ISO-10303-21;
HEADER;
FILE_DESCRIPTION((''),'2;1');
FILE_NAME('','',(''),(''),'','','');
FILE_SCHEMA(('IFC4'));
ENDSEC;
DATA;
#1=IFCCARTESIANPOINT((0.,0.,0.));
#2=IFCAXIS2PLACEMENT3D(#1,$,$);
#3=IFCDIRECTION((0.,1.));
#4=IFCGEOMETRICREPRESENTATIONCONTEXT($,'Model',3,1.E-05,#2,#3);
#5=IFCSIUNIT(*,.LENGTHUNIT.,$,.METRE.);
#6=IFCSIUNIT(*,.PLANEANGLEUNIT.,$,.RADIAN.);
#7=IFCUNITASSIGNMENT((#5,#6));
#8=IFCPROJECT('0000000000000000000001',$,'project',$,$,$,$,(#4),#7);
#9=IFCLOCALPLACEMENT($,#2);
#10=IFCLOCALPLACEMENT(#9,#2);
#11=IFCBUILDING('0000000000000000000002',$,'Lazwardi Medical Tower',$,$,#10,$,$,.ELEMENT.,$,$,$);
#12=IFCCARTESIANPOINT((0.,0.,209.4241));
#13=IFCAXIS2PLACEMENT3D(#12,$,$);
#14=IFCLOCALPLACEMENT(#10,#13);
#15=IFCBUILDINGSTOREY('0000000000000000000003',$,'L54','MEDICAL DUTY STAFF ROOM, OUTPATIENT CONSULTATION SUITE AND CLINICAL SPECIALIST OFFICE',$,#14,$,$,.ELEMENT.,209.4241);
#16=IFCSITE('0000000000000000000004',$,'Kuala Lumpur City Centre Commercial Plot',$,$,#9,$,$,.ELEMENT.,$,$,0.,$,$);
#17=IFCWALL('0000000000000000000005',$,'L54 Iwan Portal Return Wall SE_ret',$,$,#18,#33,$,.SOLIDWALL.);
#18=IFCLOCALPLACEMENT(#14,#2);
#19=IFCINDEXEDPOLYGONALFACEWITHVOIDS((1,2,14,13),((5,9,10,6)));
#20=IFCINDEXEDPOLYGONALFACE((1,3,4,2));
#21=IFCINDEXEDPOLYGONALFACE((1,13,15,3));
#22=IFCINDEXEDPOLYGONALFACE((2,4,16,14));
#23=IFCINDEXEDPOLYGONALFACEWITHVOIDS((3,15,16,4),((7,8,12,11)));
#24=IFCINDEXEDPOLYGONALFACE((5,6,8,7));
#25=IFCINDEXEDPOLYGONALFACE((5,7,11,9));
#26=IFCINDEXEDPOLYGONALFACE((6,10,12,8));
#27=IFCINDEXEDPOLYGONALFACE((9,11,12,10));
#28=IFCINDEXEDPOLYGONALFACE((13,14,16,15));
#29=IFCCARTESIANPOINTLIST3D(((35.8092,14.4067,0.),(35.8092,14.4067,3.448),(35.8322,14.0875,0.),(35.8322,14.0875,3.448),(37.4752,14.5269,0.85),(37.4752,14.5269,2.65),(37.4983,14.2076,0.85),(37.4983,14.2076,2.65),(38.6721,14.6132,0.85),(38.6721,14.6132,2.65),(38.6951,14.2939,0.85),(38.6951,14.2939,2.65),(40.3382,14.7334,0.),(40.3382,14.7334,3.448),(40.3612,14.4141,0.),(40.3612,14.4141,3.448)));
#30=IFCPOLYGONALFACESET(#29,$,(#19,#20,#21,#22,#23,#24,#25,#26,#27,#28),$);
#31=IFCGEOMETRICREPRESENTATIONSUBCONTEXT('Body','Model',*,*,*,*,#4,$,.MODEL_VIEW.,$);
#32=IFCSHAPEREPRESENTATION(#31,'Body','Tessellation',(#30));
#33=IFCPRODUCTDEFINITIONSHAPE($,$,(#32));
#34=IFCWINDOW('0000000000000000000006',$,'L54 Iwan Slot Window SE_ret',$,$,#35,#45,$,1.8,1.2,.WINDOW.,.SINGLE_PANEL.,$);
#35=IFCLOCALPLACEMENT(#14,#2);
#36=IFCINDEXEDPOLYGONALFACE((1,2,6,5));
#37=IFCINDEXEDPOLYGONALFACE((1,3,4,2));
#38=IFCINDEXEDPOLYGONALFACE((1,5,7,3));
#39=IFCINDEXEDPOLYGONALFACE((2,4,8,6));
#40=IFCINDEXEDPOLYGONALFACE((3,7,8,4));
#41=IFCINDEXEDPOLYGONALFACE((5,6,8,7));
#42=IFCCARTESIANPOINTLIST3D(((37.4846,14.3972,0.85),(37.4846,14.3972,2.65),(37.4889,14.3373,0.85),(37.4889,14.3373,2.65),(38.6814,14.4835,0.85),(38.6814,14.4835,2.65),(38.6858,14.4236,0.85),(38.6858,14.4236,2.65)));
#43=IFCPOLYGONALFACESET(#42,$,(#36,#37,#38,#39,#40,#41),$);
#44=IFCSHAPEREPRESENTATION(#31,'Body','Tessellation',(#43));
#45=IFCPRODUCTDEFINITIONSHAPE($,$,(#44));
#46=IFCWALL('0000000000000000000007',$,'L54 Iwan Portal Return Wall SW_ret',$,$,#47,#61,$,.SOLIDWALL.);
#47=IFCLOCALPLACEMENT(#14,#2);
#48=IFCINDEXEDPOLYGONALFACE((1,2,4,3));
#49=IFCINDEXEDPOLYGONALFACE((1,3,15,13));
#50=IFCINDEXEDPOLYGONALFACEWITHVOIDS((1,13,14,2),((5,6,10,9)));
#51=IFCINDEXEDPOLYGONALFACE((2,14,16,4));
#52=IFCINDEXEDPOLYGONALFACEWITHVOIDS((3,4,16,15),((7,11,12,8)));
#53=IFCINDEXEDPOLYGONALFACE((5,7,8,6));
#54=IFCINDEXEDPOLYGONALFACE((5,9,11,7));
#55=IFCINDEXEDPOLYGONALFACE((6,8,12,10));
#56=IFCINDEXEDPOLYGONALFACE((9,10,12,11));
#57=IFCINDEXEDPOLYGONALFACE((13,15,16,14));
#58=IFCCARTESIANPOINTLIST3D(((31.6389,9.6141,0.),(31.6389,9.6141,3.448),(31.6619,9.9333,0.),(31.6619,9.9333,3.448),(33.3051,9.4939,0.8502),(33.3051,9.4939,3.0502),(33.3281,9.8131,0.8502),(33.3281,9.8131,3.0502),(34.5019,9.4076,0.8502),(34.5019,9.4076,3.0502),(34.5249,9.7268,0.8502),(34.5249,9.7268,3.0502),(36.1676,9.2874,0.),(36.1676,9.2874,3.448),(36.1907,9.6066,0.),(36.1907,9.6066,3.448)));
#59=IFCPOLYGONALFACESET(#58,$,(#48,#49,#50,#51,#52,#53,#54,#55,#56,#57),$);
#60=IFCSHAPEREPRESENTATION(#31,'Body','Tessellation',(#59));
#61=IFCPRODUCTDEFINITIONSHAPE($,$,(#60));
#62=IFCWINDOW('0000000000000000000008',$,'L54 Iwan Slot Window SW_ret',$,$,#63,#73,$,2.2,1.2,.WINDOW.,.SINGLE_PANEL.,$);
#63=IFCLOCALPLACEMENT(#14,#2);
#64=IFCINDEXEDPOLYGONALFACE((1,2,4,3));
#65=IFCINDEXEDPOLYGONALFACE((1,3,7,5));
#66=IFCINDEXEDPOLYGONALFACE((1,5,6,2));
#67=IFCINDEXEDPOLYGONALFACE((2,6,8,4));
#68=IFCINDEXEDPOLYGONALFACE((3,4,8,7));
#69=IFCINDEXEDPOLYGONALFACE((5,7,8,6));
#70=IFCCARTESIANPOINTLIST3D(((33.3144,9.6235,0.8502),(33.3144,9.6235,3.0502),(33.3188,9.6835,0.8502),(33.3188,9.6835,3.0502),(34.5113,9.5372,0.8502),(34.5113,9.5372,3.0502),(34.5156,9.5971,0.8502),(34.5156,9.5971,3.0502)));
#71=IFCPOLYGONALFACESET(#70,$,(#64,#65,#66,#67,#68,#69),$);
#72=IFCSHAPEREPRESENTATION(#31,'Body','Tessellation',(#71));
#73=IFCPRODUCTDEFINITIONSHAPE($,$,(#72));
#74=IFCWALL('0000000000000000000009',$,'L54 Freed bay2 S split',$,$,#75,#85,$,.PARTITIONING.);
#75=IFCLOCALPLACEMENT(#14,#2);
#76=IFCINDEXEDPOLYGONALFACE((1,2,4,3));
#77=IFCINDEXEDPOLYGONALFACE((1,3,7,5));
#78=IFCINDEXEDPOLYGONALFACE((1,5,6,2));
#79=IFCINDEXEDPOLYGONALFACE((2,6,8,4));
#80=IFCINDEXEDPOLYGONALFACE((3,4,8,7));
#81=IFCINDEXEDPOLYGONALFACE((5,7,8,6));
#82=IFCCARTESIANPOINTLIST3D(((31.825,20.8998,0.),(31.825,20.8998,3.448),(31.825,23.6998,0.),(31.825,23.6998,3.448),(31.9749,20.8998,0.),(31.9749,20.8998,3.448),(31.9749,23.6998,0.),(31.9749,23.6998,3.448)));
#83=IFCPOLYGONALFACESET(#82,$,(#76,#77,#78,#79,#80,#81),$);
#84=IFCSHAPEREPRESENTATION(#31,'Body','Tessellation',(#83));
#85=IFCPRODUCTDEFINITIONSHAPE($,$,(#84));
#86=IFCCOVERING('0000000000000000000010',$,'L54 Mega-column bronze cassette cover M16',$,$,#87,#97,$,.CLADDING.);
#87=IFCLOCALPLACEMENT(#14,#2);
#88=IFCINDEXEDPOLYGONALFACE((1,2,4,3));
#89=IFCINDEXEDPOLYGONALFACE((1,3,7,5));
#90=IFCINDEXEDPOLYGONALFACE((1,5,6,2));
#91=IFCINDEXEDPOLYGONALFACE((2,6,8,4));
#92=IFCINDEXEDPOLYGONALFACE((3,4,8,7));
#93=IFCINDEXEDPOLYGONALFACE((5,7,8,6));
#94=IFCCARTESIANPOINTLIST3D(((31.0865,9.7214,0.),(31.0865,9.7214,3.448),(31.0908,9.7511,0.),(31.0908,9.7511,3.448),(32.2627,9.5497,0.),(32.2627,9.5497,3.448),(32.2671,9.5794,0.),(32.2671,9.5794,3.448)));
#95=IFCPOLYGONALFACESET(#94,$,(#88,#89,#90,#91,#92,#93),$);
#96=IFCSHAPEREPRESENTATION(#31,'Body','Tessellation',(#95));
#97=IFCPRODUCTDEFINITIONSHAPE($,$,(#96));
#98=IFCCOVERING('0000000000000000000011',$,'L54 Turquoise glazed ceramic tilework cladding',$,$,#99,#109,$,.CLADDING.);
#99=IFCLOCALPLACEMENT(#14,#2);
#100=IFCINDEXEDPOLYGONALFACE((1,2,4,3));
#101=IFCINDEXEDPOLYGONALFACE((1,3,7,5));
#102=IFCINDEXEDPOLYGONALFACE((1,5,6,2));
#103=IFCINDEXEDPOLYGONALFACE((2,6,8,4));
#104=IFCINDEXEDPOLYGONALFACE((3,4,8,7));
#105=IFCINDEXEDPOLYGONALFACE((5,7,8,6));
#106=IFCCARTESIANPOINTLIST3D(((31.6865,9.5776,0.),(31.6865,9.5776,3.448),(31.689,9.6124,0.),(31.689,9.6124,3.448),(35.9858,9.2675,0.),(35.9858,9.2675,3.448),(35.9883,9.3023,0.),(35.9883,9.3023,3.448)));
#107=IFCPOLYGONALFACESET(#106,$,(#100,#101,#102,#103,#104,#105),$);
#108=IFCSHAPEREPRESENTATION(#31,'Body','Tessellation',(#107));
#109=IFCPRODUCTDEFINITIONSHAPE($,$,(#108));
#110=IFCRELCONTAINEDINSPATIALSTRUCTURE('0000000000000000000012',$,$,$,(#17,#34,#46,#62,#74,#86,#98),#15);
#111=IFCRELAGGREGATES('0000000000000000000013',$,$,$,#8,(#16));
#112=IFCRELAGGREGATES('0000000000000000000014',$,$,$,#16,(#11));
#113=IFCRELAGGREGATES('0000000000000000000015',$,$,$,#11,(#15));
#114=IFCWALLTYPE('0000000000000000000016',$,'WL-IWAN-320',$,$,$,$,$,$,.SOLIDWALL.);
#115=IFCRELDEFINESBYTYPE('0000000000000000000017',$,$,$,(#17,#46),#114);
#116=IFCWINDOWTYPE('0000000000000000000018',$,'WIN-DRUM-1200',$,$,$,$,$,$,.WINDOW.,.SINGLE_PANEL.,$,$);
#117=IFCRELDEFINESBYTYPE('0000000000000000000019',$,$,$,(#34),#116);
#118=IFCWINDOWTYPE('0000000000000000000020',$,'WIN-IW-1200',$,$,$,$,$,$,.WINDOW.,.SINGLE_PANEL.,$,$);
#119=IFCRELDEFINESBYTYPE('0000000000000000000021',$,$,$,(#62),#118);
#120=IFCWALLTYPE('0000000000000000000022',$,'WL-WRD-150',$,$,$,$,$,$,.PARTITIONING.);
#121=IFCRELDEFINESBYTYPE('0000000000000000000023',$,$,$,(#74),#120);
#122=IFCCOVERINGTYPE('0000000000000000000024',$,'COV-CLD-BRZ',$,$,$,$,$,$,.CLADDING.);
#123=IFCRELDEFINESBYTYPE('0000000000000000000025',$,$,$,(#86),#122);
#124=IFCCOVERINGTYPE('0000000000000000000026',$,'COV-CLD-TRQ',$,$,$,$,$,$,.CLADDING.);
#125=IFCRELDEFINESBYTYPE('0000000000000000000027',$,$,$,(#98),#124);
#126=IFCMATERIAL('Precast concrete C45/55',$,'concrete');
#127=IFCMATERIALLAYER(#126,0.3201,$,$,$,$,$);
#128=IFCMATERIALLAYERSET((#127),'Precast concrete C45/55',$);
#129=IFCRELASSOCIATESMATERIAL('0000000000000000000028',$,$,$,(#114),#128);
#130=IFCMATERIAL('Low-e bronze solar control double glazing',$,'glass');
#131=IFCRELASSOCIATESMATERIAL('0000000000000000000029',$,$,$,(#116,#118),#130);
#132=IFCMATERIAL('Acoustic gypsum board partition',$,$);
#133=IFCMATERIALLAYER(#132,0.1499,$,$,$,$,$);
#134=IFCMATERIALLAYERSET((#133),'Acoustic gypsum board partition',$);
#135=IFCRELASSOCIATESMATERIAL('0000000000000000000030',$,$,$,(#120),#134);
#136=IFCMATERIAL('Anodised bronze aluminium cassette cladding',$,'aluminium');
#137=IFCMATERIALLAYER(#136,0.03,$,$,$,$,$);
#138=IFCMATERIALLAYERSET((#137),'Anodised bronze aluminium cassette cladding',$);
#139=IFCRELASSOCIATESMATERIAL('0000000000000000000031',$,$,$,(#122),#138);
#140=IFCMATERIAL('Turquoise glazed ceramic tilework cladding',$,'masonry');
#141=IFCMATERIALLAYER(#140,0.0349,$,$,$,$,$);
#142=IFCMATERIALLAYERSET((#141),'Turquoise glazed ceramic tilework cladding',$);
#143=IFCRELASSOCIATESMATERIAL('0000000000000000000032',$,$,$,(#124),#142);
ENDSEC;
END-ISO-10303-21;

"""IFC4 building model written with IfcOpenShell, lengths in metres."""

from ifc_helpers import new_model, si_unit, direction, frame, frame_2d, origin, origin_2d, place, context, subcontext, project, spatial, rectangle, extrude, material, layer, layer_set, type_object, element, fill, save


model = new_model("IFC4")

# Units and contexts
model_context = context("Model", 3, precision=1e-05, world=origin(), true_north=direction((0.0, 1.0)))
body_context = subcontext(model_context, "Body", "Model", "MODEL_VIEW")
ifc_project = project(units=[si_unit("LENGTHUNIT", "METRE"), si_unit("PLANEANGLEUNIT", "RADIAN")], contexts=[model_context])

# Site, building, storey
site_placement = place(None, origin())
site = spatial("IfcSite", under=ifc_project, at=site_placement, Name="Kuala Lumpur City Centre Commercial Plot", CompositionType="ELEMENT", RefElevation=0.0)
building_placement = place(site_placement, origin())
building = spatial("IfcBuilding", under=site, at=building_placement, Name="Lazwardi Medical Tower", CompositionType="ELEMENT")
storey_placement = place(building_placement, frame((0.0, 0.0, 209.4241)))
storey = spatial("IfcBuildingStorey", under=building, at=storey_placement, Name="L54", Description="MEDICAL DUTY STAFF ROOM, OUTPATIENT CONSULTATION SUITE AND CLINICAL SPECIALIST OFFICE", CompositionType="ELEMENT", Elevation=209.4241)

# Shared definitions
ifc_material_1 = material(Name="Low-e bronze solar control double glazing", Category="glass")

# Walls, openings, windows
ifc_material_2 = material(Name="Precast concrete C45/55", Category="concrete")
ifc_layer_1 = layer(ifc_material_2, 0.3201)
ifc_layer_set_1 = layer_set([ifc_layer_1], Name="Precast concrete C45/55")
wall_type_1 = type_object("IfcWallType", Name="WL-IWAN-320", PredefinedType="SOLIDWALL", material=ifc_layer_set_1)
wall_1_placement = place(storey_placement, frame((35.8206, 14.2471, 0.0), z_axis=(0.0, 0.0, 1.0), x_axis=(0.997409, 0.071939, 0.0)))
wall_1 = element("IfcWall", 1, at=wall_1_placement, inside=storey, type_object=wall_type_1, Name="L54 Iwan Portal Return Wall SE_ret", PredefinedType="SOLIDWALL", context=body_context, shape_type="SweptSolid", body=[
    extrude(rectangle(XDim=4.5408, YDim=0.3201, at=frame_2d((2.2705, 0.0))), origin(), (0.0, 0.0, 1.0), 3.448),
])
opening_1_placement = place(wall_1_placement, frame((1.6704, 0.0, 0.8501)))
opening_1 = element("IfcOpeningElement", 2, at=opening_1_placement, cuts=wall_1, PredefinedType="OPENING", context=body_context, shape_type="SweptSolid", body=[
    extrude(rectangle(XDim=1.2, YDim=1.8, at=frame_2d((0.6001, 0.8999))), frame((0.0, 0.1699, 0.0), z_axis=(0.0, -1.0, 0.0), x_axis=(1.0, 0.0, 0.0)), (0.0, 0.0, 1.0), 0.3401),
])
window_type_1 = type_object("IfcWindowType", Name="WIN-DRUM-1200", PartitioningType="SINGLE_PANEL", PredefinedType="WINDOW", material=ifc_material_1)
window_1_placement = place(opening_1_placement, origin())
window_1 = element("IfcWindow", 3, at=window_1_placement, inside=storey, type_object=window_type_1, Name="L54 Iwan Slot Window SE_ret", OverallHeight=1.8, OverallWidth=1.2, PartitioningType="SINGLE_PANEL", PredefinedType="WINDOW", context=body_context, shape_type="SweptSolid", body=[
    extrude(rectangle(XDim=1.2, YDim=1.8, at=frame_2d((0.6001, 0.8999))), frame((0.0, 0.03, 0.0), z_axis=(0.0, -1.0, 0.0), x_axis=(1.0, 0.0, 0.0)), (0.0, 0.0, 1.0), 0.0601),
])
fill(opening_1, window_1)
wall_2_placement = place(storey_placement, frame((31.6504, 9.7737, 0.0), z_axis=(0.0, 0.0, 1.0), x_axis=(0.997409, -0.071942, 0.0)))
wall_2 = element("IfcWall", 4, at=wall_2_placement, inside=storey, type_object=wall_type_1, Name="L54 Iwan Portal Return Wall SW_ret", PredefinedType="SOLIDWALL", context=body_context, shape_type="SweptSolid", body=[
    extrude(rectangle(XDim=4.5405, YDim=0.3201, at=frame_2d((2.2703, 0.0))), origin(), (0.0, 0.0, 1.0), 3.448),
])
opening_2_placement = place(wall_2_placement, frame((1.6704, 0.0, 0.8501)))
opening_2 = element("IfcOpeningElement", 5, at=opening_2_placement, cuts=wall_2, PredefinedType="OPENING", context=body_context, shape_type="SweptSolid", body=[
    extrude(rectangle(XDim=1.2, YDim=2.2, at=frame_2d((0.6001, 1.1001))), frame((0.0, 0.1699, 0.0), z_axis=(0.0, -1.0, 0.0), x_axis=(1.0, 0.0, 0.0)), (0.0, 0.0, 1.0), 0.3401),
])
window_type_2 = type_object("IfcWindowType", Name="WIN-IW-1200", PartitioningType="SINGLE_PANEL", PredefinedType="WINDOW", material=ifc_material_1)
window_2_placement = place(opening_2_placement, origin())
window_2 = element("IfcWindow", 6, at=window_2_placement, inside=storey, type_object=window_type_2, Name="L54 Iwan Slot Window SW_ret", OverallHeight=2.2, OverallWidth=1.2, PartitioningType="SINGLE_PANEL", PredefinedType="WINDOW", context=body_context, shape_type="SweptSolid", body=[
    extrude(rectangle(XDim=1.2, YDim=2.2, at=frame_2d((0.6001, 1.1001))), frame((0.0, 0.03, 0.0), z_axis=(0.0, -1.0, 0.0), x_axis=(1.0, 0.0, 0.0)), (0.0, 0.0, 1.0), 0.0601),
])
fill(opening_2, window_2)

# Wall
ifc_material_3 = material(Name="Acoustic gypsum board partition")
ifc_layer_2 = layer(ifc_material_3, 0.1499)
ifc_layer_set_2 = layer_set([ifc_layer_2], Name="Acoustic gypsum board partition")
wall_type_2 = type_object("IfcWallType", Name="WL-WRD-150", PredefinedType="PARTITIONING", material=ifc_layer_set_2)
wall_3_placement = place(storey_placement, frame((31.8999, 20.8999, 0.0), z_axis=(0.0, 0.0, 1.0), x_axis=(0.0, 1.0, 0.0)))
element("IfcWall", 7, at=wall_3_placement, inside=storey, type_object=wall_type_2, Name="L54 Freed bay2 S split", PredefinedType="PARTITIONING", context=body_context, shape_type="SweptSolid", body=[
    extrude(rectangle(XDim=2.8, YDim=0.1499, at=frame_2d((1.3999, 0.0))), origin(), (0.0, 0.0, 1.0), 3.448),
])

# Coverings
ifc_material_4 = material(Name="Anodised bronze aluminium cassette cladding", Category="aluminium")
ifc_layer_3 = layer(ifc_material_4, 0.03)
ifc_layer_set_3 = layer_set([ifc_layer_3], Name="Anodised bronze aluminium cassette cladding")
covering_type_1 = type_object("IfcCoveringType", Name="COV-CLD-BRZ", PredefinedType="CLADDING", material=ifc_layer_set_3)
covering_1_placement = place(storey_placement, frame((31.6768, 9.6504, 0.0), z_axis=(0.0, 0.0, 1.0), x_axis=(0.989512, -0.144448, 0.0)))
element("IfcCovering", 8, at=covering_1_placement, inside=storey, type_object=covering_type_1, Name="L54 Mega-column bronze cassette cover M16", PredefinedType="CLADDING", context=body_context, shape_type="SweptSolid", body=[
    extrude(rectangle(XDim=1.1887, YDim=0.03, at=origin_2d()), origin(), (0.0, 0.0, 1.0), 3.448),
])
ifc_material_5 = material(Name="Turquoise glazed ceramic tilework cladding", Category="masonry")
ifc_layer_4 = layer(ifc_material_5, 0.0349)
ifc_layer_set_4 = layer_set([ifc_layer_4], Name="Turquoise glazed ceramic tilework cladding")
covering_type_2 = type_object("IfcCoveringType", Name="COV-CLD-TRQ", PredefinedType="CLADDING", material=ifc_layer_set_4)
covering_2_placement = place(storey_placement, frame((33.8374, 9.4399, 0.0), z_axis=(0.0, 0.0, 1.0), x_axis=(0.997409, -0.07194, 0.0)))
element("IfcCovering", 9, at=covering_2_placement, inside=storey, type_object=covering_type_2, Name="L54 Turquoise glazed ceramic tilework cladding", PredefinedType="CLADDING", context=body_context, shape_type="SweptSolid", body=[
    extrude(rectangle(XDim=4.3105, YDim=0.0349, at=origin_2d()), origin(), (0.0, 0.0, 1.0), 3.448),
])

save(model, "model.ifc")
